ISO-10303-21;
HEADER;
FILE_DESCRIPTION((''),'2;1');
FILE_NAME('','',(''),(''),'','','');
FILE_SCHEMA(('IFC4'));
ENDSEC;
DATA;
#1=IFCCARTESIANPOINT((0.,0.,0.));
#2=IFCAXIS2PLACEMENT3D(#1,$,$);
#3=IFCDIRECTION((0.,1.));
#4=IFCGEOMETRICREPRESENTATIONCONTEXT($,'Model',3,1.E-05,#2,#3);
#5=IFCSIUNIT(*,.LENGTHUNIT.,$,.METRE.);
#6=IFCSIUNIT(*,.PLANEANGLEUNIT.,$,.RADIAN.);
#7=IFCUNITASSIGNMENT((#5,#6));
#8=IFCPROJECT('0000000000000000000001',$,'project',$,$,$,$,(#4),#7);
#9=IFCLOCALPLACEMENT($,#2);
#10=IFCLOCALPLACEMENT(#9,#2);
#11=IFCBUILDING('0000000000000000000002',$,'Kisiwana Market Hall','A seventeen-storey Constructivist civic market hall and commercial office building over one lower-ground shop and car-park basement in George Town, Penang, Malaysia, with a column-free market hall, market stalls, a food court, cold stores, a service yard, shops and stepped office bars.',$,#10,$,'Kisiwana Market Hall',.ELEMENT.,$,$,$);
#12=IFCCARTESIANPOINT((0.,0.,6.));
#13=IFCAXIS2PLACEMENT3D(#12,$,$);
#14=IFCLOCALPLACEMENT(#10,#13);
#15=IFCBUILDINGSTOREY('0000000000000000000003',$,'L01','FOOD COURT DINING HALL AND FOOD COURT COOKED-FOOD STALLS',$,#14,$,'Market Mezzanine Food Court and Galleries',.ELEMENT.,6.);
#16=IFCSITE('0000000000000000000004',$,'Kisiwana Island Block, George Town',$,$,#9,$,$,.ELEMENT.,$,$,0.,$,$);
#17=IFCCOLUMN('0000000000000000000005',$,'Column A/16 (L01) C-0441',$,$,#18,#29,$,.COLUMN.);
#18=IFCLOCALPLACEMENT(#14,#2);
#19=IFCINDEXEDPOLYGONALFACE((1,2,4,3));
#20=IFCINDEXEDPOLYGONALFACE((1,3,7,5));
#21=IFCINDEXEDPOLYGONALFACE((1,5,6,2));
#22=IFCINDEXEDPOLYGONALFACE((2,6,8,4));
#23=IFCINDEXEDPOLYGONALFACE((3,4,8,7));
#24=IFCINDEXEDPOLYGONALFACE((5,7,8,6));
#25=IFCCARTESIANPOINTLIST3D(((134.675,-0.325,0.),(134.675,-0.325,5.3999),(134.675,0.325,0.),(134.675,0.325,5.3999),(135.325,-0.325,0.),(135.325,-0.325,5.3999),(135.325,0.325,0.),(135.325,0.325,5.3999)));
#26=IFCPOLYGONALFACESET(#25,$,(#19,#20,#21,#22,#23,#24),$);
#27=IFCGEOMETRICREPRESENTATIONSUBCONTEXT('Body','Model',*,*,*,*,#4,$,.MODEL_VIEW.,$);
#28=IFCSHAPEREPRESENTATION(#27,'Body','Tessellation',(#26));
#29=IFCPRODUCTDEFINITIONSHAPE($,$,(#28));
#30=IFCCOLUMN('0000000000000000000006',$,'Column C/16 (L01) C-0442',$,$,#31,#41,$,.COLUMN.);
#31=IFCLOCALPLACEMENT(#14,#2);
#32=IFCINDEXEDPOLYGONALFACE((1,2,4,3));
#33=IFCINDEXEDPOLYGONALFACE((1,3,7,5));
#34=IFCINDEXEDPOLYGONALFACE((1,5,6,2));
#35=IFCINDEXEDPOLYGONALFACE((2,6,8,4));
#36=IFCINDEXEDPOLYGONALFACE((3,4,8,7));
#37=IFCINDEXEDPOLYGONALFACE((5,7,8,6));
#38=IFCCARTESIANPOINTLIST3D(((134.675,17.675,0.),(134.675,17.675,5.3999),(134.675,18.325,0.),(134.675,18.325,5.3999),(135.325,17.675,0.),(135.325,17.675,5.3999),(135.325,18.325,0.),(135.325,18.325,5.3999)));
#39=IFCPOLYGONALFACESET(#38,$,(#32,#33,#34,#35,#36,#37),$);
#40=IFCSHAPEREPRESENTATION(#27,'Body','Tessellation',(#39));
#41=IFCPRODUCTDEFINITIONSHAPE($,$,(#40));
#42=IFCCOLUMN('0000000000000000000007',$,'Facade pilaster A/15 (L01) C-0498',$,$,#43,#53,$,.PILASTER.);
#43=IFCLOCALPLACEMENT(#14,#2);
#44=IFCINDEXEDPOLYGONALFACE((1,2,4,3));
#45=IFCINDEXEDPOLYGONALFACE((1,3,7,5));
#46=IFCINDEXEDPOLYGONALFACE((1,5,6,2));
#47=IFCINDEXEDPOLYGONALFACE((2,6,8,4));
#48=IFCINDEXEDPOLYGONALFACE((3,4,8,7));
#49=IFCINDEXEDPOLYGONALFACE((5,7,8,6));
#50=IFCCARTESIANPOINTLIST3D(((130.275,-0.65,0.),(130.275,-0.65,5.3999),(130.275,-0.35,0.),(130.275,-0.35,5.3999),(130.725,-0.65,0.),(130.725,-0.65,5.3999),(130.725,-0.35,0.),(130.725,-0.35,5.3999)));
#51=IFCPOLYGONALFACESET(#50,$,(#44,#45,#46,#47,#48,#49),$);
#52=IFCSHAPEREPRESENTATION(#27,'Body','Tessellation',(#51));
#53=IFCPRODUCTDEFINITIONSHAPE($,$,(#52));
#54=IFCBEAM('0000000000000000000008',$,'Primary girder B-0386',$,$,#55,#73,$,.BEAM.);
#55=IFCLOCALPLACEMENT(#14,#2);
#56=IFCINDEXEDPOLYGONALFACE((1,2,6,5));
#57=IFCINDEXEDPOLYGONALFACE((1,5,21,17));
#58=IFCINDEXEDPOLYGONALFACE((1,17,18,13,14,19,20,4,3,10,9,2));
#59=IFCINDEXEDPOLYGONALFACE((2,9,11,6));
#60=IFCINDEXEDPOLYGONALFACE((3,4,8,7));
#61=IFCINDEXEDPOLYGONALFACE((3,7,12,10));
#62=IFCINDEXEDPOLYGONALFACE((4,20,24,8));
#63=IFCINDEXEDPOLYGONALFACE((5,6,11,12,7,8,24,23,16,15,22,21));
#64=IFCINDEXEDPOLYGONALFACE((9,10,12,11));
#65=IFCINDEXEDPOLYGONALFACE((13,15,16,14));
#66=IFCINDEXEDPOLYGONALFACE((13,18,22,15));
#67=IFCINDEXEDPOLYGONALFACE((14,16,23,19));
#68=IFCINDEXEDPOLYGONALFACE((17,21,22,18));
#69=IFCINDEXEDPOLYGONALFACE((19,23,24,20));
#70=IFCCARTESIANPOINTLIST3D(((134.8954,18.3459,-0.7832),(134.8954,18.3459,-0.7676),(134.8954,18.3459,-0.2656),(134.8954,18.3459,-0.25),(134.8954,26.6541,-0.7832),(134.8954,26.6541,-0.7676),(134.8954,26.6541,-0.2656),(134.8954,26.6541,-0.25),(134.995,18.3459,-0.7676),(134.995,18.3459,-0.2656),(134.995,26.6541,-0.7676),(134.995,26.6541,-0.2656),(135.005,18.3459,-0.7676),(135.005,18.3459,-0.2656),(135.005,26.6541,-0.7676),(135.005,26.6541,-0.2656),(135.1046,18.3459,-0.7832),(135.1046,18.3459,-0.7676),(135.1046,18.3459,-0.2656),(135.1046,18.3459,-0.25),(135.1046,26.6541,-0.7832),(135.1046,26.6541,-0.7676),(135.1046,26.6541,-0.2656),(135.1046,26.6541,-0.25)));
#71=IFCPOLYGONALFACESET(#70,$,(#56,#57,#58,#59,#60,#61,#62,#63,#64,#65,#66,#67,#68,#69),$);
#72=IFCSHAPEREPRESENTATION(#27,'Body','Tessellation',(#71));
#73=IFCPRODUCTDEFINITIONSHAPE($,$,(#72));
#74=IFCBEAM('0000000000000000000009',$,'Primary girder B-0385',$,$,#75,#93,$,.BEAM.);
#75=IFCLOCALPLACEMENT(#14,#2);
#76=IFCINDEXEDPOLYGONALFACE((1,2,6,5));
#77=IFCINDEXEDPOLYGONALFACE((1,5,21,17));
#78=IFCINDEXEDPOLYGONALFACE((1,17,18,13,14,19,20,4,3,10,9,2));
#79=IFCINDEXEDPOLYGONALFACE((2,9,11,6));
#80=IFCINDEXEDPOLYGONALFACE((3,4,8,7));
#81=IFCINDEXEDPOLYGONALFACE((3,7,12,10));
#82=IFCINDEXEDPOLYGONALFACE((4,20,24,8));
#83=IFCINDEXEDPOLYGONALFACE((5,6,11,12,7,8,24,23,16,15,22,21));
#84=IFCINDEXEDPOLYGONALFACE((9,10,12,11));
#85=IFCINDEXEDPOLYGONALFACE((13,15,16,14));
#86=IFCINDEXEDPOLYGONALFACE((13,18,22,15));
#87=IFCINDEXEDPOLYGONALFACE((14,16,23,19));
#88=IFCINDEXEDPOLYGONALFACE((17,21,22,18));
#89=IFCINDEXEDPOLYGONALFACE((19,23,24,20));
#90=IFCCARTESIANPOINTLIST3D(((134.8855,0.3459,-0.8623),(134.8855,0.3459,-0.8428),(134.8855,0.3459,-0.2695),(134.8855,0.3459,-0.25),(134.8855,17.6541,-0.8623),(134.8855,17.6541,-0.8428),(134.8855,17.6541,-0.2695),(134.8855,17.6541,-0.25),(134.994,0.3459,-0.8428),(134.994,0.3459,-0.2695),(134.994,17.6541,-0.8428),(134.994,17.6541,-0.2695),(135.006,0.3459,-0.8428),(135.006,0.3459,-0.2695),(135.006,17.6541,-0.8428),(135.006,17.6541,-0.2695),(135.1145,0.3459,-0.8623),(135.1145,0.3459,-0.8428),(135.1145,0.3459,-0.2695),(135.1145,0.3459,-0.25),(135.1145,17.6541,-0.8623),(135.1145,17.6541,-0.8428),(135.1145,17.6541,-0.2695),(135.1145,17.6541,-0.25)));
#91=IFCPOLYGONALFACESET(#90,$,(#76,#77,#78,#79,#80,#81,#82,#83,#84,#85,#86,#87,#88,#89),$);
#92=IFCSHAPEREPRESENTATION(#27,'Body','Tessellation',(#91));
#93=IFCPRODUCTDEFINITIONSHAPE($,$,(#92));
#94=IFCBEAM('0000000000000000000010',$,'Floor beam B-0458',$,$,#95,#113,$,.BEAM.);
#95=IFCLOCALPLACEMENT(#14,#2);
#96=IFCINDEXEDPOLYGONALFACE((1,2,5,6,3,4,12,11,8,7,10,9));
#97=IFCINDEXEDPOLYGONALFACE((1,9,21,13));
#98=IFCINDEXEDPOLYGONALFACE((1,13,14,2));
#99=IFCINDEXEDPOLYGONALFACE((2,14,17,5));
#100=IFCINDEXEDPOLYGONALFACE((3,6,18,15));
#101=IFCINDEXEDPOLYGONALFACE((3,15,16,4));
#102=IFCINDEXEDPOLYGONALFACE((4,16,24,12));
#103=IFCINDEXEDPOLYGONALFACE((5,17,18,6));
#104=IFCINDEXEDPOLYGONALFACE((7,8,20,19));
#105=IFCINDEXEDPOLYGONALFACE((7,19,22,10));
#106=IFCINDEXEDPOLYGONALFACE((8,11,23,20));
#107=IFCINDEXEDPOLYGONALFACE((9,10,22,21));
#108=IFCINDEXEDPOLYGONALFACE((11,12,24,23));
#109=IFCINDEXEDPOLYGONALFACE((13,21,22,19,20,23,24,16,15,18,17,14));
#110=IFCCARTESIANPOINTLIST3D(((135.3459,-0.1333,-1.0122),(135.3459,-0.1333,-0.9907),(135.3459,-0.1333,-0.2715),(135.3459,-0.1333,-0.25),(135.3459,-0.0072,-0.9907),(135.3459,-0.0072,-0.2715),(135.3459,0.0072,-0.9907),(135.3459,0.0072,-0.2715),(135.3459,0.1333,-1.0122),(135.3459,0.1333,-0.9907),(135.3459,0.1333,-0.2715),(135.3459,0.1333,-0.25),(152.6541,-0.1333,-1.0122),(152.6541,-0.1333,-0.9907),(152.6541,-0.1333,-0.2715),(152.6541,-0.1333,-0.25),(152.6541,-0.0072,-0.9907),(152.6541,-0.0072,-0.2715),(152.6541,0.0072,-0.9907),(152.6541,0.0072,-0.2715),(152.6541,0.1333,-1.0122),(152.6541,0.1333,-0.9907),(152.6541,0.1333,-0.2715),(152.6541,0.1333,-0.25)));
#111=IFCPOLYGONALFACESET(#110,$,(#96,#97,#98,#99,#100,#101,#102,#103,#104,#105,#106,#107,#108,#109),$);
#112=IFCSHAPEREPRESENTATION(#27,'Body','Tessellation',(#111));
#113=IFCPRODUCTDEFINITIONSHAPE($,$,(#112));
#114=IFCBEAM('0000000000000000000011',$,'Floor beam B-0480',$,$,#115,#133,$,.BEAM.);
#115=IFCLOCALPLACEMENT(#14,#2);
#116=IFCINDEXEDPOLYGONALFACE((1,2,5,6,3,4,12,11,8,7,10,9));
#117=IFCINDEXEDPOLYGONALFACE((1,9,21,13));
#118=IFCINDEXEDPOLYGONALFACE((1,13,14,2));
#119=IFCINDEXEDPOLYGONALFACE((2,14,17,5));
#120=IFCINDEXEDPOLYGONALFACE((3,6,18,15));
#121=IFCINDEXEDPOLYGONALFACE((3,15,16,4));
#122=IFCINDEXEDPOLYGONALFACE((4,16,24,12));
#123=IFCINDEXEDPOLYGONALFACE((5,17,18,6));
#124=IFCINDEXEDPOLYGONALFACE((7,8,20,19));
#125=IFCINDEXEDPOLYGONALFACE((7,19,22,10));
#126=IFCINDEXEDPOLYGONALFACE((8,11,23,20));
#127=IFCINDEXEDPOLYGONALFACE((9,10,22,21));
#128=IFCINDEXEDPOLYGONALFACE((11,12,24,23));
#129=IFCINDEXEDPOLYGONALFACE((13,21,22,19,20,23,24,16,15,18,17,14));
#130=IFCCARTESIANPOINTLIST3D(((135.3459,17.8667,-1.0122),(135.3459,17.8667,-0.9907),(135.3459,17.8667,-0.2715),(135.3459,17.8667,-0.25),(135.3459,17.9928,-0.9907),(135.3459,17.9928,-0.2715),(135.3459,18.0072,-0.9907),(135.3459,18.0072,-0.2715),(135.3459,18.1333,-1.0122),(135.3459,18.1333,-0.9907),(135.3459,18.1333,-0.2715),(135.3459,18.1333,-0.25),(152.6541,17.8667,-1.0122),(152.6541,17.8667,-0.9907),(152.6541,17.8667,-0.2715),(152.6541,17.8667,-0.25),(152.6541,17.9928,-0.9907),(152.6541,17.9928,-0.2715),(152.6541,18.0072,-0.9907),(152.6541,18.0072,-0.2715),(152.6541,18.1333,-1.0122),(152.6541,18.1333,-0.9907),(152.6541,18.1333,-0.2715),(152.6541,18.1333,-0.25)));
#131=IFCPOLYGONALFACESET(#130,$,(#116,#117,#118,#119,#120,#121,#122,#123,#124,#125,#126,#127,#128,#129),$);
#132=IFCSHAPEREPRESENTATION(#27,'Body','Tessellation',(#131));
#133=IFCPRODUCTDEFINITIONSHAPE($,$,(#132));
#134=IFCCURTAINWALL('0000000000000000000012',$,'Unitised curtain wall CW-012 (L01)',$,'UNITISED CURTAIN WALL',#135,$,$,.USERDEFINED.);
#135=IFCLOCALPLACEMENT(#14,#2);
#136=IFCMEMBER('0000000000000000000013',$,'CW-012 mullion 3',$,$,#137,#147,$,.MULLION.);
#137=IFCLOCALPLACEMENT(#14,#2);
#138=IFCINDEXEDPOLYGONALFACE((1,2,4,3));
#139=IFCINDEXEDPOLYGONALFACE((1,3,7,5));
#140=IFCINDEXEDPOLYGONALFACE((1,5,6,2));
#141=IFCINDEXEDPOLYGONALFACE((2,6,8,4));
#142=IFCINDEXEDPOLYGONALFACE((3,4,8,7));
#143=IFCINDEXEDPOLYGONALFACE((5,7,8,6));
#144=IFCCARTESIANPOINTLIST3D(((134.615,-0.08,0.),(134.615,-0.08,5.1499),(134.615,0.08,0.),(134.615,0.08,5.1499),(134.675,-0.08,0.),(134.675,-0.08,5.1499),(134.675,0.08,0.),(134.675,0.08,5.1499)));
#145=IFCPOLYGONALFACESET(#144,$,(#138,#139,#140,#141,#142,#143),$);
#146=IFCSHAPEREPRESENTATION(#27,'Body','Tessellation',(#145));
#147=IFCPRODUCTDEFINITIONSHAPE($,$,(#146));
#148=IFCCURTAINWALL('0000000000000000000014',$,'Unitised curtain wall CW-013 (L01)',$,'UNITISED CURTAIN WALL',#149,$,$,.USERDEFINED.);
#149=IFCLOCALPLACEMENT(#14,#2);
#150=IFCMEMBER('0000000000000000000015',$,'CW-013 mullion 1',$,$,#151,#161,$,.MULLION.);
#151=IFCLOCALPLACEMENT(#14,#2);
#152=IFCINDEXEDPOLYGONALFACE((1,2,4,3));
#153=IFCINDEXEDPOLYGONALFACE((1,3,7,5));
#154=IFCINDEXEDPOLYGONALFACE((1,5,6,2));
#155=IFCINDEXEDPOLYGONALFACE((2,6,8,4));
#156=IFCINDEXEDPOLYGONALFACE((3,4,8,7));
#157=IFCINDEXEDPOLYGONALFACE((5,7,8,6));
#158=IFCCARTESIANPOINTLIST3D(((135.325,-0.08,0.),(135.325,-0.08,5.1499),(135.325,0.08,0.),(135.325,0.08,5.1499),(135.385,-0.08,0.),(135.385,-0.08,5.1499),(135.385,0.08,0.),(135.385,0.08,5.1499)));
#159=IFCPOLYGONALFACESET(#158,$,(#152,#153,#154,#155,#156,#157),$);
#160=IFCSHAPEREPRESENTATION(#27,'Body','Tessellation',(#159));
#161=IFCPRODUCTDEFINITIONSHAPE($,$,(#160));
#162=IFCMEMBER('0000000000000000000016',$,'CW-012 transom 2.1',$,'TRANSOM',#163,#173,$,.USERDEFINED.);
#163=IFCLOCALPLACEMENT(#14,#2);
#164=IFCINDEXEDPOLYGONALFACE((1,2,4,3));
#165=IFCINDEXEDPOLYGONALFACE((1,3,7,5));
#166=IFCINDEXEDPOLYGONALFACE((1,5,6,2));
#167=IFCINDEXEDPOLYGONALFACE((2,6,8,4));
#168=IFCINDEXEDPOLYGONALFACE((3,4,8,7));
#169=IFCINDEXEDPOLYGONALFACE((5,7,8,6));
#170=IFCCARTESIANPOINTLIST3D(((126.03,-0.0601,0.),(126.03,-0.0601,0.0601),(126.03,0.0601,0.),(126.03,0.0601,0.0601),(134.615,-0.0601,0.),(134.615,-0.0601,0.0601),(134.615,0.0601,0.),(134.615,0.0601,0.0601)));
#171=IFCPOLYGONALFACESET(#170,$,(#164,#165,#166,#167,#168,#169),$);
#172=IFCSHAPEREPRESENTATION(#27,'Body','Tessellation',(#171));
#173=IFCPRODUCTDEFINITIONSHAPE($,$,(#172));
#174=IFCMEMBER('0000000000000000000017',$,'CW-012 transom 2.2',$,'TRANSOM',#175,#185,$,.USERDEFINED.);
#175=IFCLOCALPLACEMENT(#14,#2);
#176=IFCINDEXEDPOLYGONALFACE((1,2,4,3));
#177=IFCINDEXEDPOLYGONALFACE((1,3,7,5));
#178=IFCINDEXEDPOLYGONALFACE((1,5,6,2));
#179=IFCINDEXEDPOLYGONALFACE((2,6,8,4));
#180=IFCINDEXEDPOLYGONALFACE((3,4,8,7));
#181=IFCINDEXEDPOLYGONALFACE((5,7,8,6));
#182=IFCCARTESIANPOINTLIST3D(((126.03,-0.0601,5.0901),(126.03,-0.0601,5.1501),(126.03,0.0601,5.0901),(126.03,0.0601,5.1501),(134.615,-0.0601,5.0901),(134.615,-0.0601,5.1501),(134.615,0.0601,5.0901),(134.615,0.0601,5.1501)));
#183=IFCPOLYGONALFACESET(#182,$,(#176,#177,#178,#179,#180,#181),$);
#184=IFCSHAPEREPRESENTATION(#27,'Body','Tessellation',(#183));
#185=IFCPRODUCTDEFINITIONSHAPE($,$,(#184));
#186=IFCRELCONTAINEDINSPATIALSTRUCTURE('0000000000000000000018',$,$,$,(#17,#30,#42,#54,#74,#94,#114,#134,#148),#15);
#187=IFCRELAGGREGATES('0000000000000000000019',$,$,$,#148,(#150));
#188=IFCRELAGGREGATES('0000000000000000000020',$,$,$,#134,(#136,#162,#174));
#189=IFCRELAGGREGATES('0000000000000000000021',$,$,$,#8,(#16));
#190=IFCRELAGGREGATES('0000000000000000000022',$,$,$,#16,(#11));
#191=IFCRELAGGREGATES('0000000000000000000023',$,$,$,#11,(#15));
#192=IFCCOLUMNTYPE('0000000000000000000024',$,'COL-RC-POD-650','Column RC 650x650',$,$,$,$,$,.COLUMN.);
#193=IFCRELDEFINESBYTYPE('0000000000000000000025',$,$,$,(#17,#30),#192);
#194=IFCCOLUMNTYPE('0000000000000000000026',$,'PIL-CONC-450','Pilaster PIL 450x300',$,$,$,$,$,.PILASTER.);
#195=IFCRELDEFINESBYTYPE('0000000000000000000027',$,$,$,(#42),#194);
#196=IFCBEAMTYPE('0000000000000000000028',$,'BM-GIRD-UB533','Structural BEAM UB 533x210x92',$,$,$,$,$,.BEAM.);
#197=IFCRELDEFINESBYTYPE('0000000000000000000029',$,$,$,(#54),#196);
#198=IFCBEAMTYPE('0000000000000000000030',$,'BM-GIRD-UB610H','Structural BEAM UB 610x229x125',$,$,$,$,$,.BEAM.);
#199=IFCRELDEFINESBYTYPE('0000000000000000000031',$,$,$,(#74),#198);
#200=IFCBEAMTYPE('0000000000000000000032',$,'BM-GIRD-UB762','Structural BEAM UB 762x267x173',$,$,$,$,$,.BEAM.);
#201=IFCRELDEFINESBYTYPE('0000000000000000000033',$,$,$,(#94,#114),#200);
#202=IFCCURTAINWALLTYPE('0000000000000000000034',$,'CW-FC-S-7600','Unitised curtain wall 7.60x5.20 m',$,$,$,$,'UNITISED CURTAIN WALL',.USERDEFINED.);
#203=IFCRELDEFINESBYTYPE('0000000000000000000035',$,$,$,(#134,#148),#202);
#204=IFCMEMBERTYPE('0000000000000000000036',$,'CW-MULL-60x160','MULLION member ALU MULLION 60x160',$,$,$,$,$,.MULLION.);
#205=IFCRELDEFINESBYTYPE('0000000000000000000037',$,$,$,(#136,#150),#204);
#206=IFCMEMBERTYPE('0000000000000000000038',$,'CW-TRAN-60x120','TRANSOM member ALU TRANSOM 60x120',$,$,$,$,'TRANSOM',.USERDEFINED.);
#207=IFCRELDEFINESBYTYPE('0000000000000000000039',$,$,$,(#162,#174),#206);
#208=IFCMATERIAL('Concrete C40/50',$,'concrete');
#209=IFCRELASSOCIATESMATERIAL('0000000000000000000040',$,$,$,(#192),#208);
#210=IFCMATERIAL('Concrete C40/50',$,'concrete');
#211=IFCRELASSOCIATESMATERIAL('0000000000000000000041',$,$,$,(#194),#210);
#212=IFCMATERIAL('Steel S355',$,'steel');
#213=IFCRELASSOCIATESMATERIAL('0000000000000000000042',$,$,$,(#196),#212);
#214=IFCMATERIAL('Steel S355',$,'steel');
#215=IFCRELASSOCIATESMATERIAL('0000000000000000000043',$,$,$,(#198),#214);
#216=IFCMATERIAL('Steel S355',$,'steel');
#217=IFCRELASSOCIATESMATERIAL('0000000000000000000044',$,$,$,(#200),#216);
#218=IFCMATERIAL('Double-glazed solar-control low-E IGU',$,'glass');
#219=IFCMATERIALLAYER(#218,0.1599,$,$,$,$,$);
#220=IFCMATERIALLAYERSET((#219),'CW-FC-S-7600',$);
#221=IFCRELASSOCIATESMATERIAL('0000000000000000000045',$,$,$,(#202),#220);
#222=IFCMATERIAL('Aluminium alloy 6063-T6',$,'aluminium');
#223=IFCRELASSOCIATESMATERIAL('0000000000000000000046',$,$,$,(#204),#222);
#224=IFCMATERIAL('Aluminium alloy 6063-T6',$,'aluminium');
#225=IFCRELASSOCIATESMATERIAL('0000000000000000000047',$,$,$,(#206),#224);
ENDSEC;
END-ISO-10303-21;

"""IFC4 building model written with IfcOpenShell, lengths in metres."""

from ifc_helpers import new_model, si_unit, direction, frame, origin, origin_2d, place, context, subcontext, project, spatial, rectangle, i_section, extrude, material, layer, layer_set, material_profile, profile_set, type_object, element, aggregate, save


model = new_model("IFC4")

# Units and contexts
model_context = context("Model", 3, precision=1e-05, world=origin(), true_north=direction((0.0, 1.0)))
body_context = subcontext(model_context, "Body", "Model", "MODEL_VIEW")
ifc_project = project(units=[si_unit("LENGTHUNIT", "METRE"), si_unit("PLANEANGLEUNIT", "RADIAN")], contexts=[model_context])

# Site, building, storey
site_placement = place(None, origin())
site = spatial("IfcSite", under=ifc_project, at=site_placement, Name="Kisiwana Island Block, George Town", CompositionType="ELEMENT", RefElevation=0.0)
building_placement = place(site_placement, origin())
building = spatial("IfcBuilding", under=site, at=building_placement, Name="Kisiwana Market Hall", Description="A seventeen-storey Constructivist civic market hall and commercial office building over one lower-ground shop and car-park basement in George Town, Penang, Malaysia, with a column-free market hall, market stalls, a food court, cold stores, a service yard, shops and stepped office bars.", LongName="Kisiwana Market Hall", CompositionType="ELEMENT")
storey_placement = place(building_placement, frame((0.0, 0.0, 6.0)))
storey = spatial("IfcBuildingStorey", under=building, at=storey_placement, Name="L01", Description="FOOD COURT DINING HALL AND FOOD COURT COOKED-FOOD STALLS", LongName="Market Mezzanine Food Court and Galleries", CompositionType="ELEMENT", Elevation=6.0)

# Columns
ifc_material_1 = material(Name="Concrete C40/50", Category="concrete")
ifc_material_profile_1 = material_profile(ifc_material_1, rectangle(XDim=0.6499, YDim=0.6499, at=origin_2d()), Name="RC 650x650")
ifc_profile_set_1 = profile_set([ifc_material_profile_1], Name="Concrete C40/50")
column_type_1 = type_object("IfcColumnType", Name="COL-RC-POD-650", Description="Column RC 650x650", PredefinedType="COLUMN", material=ifc_profile_set_1)
for number, where, z_axis, x_axis, name in (
    (1, (135.0, 0.0, 0.0), (0.0, 0.0, 1.0), (1.0, 0.0, 0.0), "Column A/16 (L01) C-0441"),
    (2, (135.0, 18.0, 0.0), (0.0, 0.0, 1.0), (1.0, 0.0, 0.0), "Column C/16 (L01) C-0442"),
):
    element("IfcColumn", number, at=place(storey_placement, frame(where, z_axis=z_axis, x_axis=x_axis)), inside=storey, type_object=column_type_1, Name=name, PredefinedType="COLUMN", context=body_context, shape_type="SweptSolid", body=[
        extrude(rectangle(XDim=0.6499, YDim=0.6499, at=origin_2d()), origin(), (0.0, 0.0, 1.0), 5.3999),
    ])
ifc_material_2 = material(Name="Concrete C40/50", Category="concrete")
ifc_material_profile_2 = material_profile(ifc_material_2, rectangle(XDim=0.45, YDim=0.3, at=origin_2d()), Name="PIL 450x300")
ifc_profile_set_2 = profile_set([ifc_material_profile_2], Name="Concrete C40/50")
column_type_2 = type_object("IfcColumnType", Name="PIL-CONC-450", Description="Pilaster PIL 450x300", PredefinedType="PILASTER", material=ifc_profile_set_2)
column_placement = place(storey_placement, frame((130.5, -0.5, 0.0), z_axis=(0.0, 0.0, 1.0), x_axis=(1.0, 0.0, 0.0)))
element("IfcColumn", 3, at=column_placement, inside=storey, type_object=column_type_2, Name="Facade pilaster A/15 (L01) C-0498", PredefinedType="PILASTER", context=body_context, shape_type="SweptSolid", body=[
    extrude(rectangle(XDim=0.45, YDim=0.3, at=origin_2d()), origin(), (0.0, 0.0, 1.0), 5.3999),
])

# Beams
ifc_material_3 = material(Name="Steel S355", Category="steel")
ifc_material_profile_3 = material_profile(ifc_material_3, i_section(OverallWidth=0.2092, OverallDepth=0.5332, WebThickness=0.01, FlangeThickness=0.0156, at=origin_2d()), Name="UB 533x210x92")
ifc_profile_set_3 = profile_set([ifc_material_profile_3], Name="Steel S355")
beam_type_1 = type_object("IfcBeamType", Name="BM-GIRD-UB533", Description="Structural BEAM UB 533x210x92", PredefinedType="BEAM", material=ifc_profile_set_3)
beam_1_placement = place(storey_placement, frame((135.0, 18.3459, -0.5166), z_axis=(0.0, 1.0, 0.0), x_axis=(-1.0, 0.0, 0.0)))
element("IfcBeam", 4, at=beam_1_placement, inside=storey, type_object=beam_type_1, Name="Primary girder B-0386", PredefinedType="BEAM", context=body_context, shape_type="SweptSolid", body=[
    extrude(i_section(OverallWidth=0.2092, OverallDepth=0.5332, WebThickness=0.01, FlangeThickness=0.0156, at=origin_2d()), origin(), (0.0, 0.0, 1.0), 8.3081),
])
ifc_material_4 = material(Name="Steel S355", Category="steel")
ifc_material_profile_4 = material_profile(ifc_material_4, i_section(OverallWidth=0.229, OverallDepth=0.6123, WebThickness=0.012, FlangeThickness=0.0195, at=origin_2d()), Name="UB 610x229x125")
ifc_profile_set_4 = profile_set([ifc_material_profile_4], Name="Steel S355")
beam_type_2 = type_object("IfcBeamType", Name="BM-GIRD-UB610H", Description="Structural BEAM UB 610x229x125", PredefinedType="BEAM", material=ifc_profile_set_4)
beam_2_placement = place(storey_placement, frame((135.0, 0.3459, -0.5562), z_axis=(0.0, 1.0, 0.0), x_axis=(-1.0, 0.0, 0.0)))
element("IfcBeam", 5, at=beam_2_placement, inside=storey, type_object=beam_type_2, Name="Primary girder B-0385", PredefinedType="BEAM", context=body_context, shape_type="SweptSolid", body=[
    extrude(i_section(OverallWidth=0.229, OverallDepth=0.6123, WebThickness=0.012, FlangeThickness=0.0195, at=origin_2d()), origin(), (0.0, 0.0, 1.0), 17.3081),
])
ifc_material_5 = material(Name="Steel S355", Category="steel")
ifc_material_profile_5 = material_profile(ifc_material_5, i_section(OverallWidth=0.2666, OverallDepth=0.7622, WebThickness=0.0144, FlangeThickness=0.0215, at=origin_2d()), Name="UB 762x267x173")
ifc_profile_set_5 = profile_set([ifc_material_profile_5], Name="Steel S355")
beam_type_3 = type_object("IfcBeamType", Name="BM-GIRD-UB762", Description="Structural BEAM UB 762x267x173", PredefinedType="BEAM", material=ifc_profile_set_5)
for number, where, z_axis, x_axis, name in (
    (6, (135.3459, 0.0, -0.6311), (1.0, 0.0, 0.0), (0.0, 1.0, 0.0), "Floor beam B-0458"),
    (7, (135.3459, 18.0, -0.6311), (1.0, 0.0, 0.0), (0.0, 1.0, 0.0), "Floor beam B-0480"),
):
    element("IfcBeam", number, at=place(storey_placement, frame(where, z_axis=z_axis, x_axis=x_axis)), inside=storey, type_object=beam_type_3, Name=name, PredefinedType="BEAM", context=body_context, shape_type="SweptSolid", body=[
        extrude(i_section(OverallWidth=0.2666, OverallDepth=0.7622, WebThickness=0.0144, FlangeThickness=0.0215, at=origin_2d()), origin(), (0.0, 0.0, 1.0), 17.3081),
    ])

# Curtain walls, members
ifc_material_6 = material(Name="Double-glazed solar-control low-E IGU", Category="glass")
ifc_layer_1 = layer(ifc_material_6, 0.1599)
ifc_layer_set_1 = layer_set([ifc_layer_1], Name="CW-FC-S-7600")
curtain_wall_type = type_object("IfcCurtainWallType", Name="CW-FC-S-7600", Description="Unitised curtain wall 7.60x5.20 m", ElementType="UNITISED CURTAIN WALL", PredefinedType="USERDEFINED", material=ifc_layer_set_1)
curtain_wall_1_placement = place(storey_placement, origin())
curtain_wall_1 = element("IfcCurtainWall", 8, at=curtain_wall_1_placement, inside=storey, type_object=curtain_wall_type, Name="Unitised curtain wall CW-012 (L01)", ObjectType="UNITISED CURTAIN WALL", PredefinedType="USERDEFINED")
ifc_material_7 = material(Name="Aluminium alloy 6063-T6", Category="aluminium")
ifc_material_profile_6 = material_profile(ifc_material_7, rectangle(XDim=0.0601, YDim=0.1599, at=origin_2d()), Name="ALU MULLION 60x160")
ifc_profile_set_6 = profile_set([ifc_material_profile_6], Name="Aluminium alloy 6063-T6")
member_type_1 = type_object("IfcMemberType", Name="CW-MULL-60x160", Description="MULLION member ALU MULLION 60x160", PredefinedType="MULLION", material=ifc_profile_set_6)
member_1_placement = place(storey_placement, frame((134.645, 0.0, 0.0), z_axis=(0.0, 0.0, 1.0), x_axis=(1.0, 0.0, 0.0)))
member_1 = element("IfcMember", 9, at=member_1_placement, type_object=member_type_1, Name="CW-012 mullion 3", PredefinedType="MULLION", context=body_context, shape_type="SweptSolid", body=[
    extrude(rectangle(XDim=0.0601, YDim=0.1599, at=origin_2d()), origin(), (0.0, 0.0, 1.0), 5.1499),
])
curtain_wall_2_placement = place(storey_placement, origin())
curtain_wall_2 = element("IfcCurtainWall", 10, at=curtain_wall_2_placement, inside=storey, type_object=curtain_wall_type, Name="Unitised curtain wall CW-013 (L01)", ObjectType="UNITISED CURTAIN WALL", PredefinedType="USERDEFINED")
member_2_placement = place(storey_placement, frame((135.355, 0.0, 0.0), z_axis=(0.0, 0.0, 1.0), x_axis=(1.0, 0.0, 0.0)))
member_2 = element("IfcMember", 11, at=member_2_placement, type_object=member_type_1, Name="CW-013 mullion 1", PredefinedType="MULLION", context=body_context, shape_type="SweptSolid", body=[
    extrude(rectangle(XDim=0.0601, YDim=0.1599, at=origin_2d()), origin(), (0.0, 0.0, 1.0), 5.1499),
])

# Members
ifc_material_8 = material(Name="Aluminium alloy 6063-T6", Category="aluminium")
ifc_material_profile_7 = material_profile(ifc_material_8, rectangle(XDim=0.1201, YDim=0.0601, at=origin_2d()), Name="ALU TRANSOM 60x120")
ifc_profile_set_7 = profile_set([ifc_material_profile_7], Name="Aluminium alloy 6063-T6")
member_type_2 = type_object("IfcMemberType", Name="CW-TRAN-60x120", Description="TRANSOM member ALU TRANSOM 60x120", ElementType="TRANSOM", PredefinedType="USERDEFINED", material=ifc_profile_set_7)
member_3_placement = place(storey_placement, frame((126.03, 0.0, 0.03), z_axis=(1.0, 0.0, 0.0), x_axis=(0.0, 1.0, 0.0)))
member_3 = element("IfcMember", 12, at=member_3_placement, type_object=member_type_2, Name="CW-012 transom 2.1", ObjectType="TRANSOM", PredefinedType="USERDEFINED", context=body_context, shape_type="SweptSolid", body=[
    extrude(rectangle(XDim=0.1201, YDim=0.0601, at=origin_2d()), origin(), (0.0, 0.0, 1.0), 8.585),
])
member_4_placement = place(storey_placement, frame((126.03, 0.0, 5.1201), z_axis=(1.0, 0.0, 0.0), x_axis=(0.0, 1.0, 0.0)))
member_4 = element("IfcMember", 13, at=member_4_placement, type_object=member_type_2, Name="CW-012 transom 2.2", ObjectType="TRANSOM", PredefinedType="USERDEFINED", context=body_context, shape_type="SweptSolid", body=[
    extrude(rectangle(XDim=0.1201, YDim=0.0601, at=origin_2d()), origin(), (0.0, 0.0, 1.0), 8.585),
])

aggregate(curtain_wall_2, [member_2])
aggregate(curtain_wall_1, [member_1, member_3, member_4])

save(model, "model.ifc")
